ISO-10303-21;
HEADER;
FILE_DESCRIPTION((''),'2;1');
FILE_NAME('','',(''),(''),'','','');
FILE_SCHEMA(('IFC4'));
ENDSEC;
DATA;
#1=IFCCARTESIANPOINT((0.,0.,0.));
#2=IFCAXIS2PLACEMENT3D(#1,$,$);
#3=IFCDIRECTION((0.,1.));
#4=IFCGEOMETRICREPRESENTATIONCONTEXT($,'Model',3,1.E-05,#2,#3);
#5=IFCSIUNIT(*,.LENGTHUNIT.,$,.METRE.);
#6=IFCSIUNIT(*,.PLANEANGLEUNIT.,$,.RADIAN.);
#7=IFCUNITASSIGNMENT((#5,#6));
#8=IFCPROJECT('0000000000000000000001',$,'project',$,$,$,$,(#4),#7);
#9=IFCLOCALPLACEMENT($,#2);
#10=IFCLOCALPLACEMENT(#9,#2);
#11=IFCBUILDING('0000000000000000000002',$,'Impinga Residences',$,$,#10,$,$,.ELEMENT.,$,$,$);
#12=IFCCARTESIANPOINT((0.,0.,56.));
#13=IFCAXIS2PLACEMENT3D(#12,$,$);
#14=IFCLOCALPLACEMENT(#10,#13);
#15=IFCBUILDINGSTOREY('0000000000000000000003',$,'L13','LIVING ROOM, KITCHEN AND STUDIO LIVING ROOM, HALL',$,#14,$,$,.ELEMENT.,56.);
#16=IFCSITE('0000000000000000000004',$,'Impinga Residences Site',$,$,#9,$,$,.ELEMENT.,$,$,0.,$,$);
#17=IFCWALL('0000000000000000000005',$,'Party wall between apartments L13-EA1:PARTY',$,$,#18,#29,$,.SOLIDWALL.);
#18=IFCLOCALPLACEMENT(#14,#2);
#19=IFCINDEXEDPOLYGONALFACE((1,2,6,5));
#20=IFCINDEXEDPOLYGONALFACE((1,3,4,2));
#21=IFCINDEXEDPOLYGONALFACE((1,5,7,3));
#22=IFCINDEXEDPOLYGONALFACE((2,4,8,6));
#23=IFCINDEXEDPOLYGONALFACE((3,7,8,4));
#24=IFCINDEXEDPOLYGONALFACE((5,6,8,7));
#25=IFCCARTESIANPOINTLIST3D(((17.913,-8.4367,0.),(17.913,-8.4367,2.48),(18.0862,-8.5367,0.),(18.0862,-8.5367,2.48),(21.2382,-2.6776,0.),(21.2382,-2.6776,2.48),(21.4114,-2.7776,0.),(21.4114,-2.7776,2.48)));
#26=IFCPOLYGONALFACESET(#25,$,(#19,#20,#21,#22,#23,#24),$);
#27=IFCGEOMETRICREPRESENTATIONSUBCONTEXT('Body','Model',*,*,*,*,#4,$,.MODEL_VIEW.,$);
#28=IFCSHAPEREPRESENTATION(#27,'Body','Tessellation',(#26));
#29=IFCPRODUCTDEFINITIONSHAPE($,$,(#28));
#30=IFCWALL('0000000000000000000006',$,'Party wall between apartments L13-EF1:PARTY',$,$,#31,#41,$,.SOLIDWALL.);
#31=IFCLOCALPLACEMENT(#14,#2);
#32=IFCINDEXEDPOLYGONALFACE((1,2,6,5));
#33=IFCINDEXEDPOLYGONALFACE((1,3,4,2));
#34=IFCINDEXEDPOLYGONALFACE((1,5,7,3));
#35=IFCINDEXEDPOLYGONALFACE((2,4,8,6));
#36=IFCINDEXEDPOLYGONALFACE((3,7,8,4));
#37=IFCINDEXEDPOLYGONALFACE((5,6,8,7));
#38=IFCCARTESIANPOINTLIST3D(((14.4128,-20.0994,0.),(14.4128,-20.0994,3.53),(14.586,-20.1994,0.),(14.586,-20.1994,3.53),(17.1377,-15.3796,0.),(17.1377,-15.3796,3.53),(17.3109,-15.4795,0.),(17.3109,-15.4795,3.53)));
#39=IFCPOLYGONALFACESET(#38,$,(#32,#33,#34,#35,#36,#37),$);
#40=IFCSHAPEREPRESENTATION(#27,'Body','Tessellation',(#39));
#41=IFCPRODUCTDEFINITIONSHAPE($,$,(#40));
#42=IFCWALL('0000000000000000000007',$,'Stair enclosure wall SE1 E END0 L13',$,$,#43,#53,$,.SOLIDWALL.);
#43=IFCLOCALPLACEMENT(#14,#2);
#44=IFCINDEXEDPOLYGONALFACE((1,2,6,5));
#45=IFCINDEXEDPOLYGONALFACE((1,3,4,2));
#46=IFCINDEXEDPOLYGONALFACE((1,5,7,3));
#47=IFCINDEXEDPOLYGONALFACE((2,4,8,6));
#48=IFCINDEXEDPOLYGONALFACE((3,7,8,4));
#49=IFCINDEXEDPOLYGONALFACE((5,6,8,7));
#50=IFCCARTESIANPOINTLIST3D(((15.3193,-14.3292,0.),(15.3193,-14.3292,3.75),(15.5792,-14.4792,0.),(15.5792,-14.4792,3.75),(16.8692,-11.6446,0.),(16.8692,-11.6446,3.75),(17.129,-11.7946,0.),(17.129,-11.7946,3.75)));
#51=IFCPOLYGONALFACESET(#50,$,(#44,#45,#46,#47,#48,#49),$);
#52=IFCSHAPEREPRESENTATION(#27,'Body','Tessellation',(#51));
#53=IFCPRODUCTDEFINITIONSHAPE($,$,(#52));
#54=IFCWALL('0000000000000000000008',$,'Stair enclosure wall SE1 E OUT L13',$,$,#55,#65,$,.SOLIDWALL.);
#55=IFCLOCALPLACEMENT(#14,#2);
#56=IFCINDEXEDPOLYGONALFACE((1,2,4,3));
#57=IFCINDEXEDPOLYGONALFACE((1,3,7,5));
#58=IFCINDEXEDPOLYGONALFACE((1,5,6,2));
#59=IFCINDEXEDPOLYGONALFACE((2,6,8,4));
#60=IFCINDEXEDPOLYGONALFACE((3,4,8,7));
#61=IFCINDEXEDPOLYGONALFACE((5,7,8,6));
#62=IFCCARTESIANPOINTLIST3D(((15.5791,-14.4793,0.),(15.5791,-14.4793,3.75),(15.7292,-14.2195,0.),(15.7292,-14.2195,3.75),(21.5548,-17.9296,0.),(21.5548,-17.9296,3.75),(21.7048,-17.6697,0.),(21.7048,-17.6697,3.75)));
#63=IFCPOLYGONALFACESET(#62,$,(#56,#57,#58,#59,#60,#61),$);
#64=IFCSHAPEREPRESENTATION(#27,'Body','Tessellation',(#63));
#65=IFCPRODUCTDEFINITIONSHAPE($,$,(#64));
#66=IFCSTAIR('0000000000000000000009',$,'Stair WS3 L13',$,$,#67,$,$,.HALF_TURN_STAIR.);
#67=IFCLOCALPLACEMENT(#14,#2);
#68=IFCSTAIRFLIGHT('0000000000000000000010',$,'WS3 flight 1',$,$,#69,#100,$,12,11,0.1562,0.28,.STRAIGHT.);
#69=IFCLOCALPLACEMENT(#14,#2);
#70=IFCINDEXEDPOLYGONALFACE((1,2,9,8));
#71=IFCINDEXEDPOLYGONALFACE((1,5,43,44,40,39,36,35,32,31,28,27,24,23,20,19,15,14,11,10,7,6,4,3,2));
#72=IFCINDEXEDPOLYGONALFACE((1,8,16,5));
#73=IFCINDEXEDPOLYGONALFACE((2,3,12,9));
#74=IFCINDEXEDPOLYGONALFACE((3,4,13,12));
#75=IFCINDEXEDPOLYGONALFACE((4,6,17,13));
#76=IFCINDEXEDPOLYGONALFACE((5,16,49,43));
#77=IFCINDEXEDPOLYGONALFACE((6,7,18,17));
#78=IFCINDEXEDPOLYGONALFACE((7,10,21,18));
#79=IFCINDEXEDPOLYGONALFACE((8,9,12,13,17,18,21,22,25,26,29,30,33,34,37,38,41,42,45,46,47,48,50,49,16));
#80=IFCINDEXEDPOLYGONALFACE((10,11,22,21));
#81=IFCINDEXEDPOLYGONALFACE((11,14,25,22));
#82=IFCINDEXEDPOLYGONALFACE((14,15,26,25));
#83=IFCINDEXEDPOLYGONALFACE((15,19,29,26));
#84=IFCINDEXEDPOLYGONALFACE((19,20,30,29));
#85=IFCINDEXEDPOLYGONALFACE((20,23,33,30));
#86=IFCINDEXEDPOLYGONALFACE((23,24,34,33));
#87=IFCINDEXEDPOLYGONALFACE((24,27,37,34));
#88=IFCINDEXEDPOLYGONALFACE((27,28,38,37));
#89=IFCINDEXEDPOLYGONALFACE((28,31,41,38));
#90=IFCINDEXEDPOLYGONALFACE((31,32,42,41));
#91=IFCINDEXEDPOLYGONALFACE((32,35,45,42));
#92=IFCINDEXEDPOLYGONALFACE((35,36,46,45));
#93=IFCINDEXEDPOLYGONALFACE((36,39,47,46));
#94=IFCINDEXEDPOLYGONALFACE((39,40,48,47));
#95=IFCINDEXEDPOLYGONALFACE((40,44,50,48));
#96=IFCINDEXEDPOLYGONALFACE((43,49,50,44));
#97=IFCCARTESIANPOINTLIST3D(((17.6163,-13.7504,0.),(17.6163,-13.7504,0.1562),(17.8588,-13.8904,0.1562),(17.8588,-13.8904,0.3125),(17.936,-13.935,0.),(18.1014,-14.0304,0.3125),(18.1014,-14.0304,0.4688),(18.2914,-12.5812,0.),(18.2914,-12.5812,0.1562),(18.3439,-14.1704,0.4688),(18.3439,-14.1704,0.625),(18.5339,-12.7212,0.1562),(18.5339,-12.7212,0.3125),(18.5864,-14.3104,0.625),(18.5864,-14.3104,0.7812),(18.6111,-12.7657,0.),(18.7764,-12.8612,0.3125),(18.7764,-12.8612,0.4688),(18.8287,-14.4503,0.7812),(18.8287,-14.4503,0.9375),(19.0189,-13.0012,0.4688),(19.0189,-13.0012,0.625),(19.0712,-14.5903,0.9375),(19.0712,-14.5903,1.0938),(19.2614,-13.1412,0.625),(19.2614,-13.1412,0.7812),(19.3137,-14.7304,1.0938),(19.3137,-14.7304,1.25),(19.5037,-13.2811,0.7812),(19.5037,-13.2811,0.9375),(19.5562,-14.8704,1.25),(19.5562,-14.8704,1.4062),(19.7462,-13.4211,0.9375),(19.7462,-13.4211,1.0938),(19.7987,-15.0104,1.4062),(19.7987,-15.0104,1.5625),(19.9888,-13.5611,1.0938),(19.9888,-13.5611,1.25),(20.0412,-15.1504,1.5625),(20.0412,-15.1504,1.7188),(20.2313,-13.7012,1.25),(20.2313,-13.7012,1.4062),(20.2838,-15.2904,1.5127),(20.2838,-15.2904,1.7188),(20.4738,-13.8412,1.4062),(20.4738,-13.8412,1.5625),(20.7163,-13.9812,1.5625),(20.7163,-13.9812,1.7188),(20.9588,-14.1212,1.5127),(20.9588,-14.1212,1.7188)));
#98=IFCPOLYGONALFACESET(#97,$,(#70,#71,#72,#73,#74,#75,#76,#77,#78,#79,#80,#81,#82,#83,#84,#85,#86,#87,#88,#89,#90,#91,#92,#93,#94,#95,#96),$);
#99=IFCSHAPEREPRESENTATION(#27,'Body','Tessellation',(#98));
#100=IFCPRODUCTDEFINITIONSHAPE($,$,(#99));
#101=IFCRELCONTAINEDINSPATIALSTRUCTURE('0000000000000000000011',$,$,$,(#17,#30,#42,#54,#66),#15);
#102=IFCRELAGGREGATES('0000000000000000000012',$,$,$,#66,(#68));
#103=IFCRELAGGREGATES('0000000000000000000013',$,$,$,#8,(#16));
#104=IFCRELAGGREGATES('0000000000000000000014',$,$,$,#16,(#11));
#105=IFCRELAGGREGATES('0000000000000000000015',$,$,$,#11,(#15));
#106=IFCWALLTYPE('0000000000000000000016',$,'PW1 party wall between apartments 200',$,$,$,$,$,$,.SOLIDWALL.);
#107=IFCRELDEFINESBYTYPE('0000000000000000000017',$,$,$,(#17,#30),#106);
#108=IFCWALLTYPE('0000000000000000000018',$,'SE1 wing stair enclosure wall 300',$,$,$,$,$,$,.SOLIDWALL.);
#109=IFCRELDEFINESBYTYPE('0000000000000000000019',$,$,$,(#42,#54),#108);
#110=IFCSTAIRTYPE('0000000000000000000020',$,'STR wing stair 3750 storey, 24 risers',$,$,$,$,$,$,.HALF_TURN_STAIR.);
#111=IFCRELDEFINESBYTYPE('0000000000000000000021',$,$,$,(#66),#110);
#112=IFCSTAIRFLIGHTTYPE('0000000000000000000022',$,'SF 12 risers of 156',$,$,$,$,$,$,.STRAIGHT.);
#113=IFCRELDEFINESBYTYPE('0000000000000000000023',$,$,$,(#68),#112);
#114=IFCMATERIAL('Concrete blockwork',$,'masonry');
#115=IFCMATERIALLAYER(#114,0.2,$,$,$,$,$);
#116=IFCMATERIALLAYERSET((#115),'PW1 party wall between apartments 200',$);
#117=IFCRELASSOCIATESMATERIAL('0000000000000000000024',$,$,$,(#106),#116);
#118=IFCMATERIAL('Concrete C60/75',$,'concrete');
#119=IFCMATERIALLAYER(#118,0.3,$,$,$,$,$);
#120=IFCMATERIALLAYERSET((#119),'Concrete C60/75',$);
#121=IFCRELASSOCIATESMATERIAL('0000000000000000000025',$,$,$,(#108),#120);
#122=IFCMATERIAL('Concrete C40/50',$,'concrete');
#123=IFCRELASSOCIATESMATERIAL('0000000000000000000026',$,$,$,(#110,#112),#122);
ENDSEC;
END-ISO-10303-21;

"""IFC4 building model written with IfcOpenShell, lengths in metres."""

from ifc_helpers import new_model, si_unit, direction, frame, frame_2d, origin, place, context, subcontext, project, spatial, polyline, rectangle, outline, extrude, material, layer, layer_set, type_object, element, aggregate, save


model = new_model("IFC4")

# Units and contexts
model_context = context("Model", 3, precision=1e-05, world=origin(), true_north=direction((0.0, 1.0)))
body_context = subcontext(model_context, "Body", "Model", "MODEL_VIEW")
ifc_project = project(units=[si_unit("LENGTHUNIT", "METRE"), si_unit("PLANEANGLEUNIT", "RADIAN")], contexts=[model_context])

# Site, building, storey
site_placement = place(None, origin())
site = spatial("IfcSite", under=ifc_project, at=site_placement, Name="Impinga Residences Site", CompositionType="ELEMENT", RefElevation=0.0)
building_placement = place(site_placement, origin())
building = spatial("IfcBuilding", under=site, at=building_placement, Name="Impinga Residences", CompositionType="ELEMENT")
storey_placement = place(building_placement, frame((0.0, 0.0, 56.0)))
storey = spatial("IfcBuildingStorey", under=building, at=storey_placement, Name="L13", Description="LIVING ROOM, KITCHEN AND STUDIO LIVING ROOM, HALL", CompositionType="ELEMENT", Elevation=56.0)

# Shared definitions
ifc_material_1 = material(Name="Concrete C60/75", Category="concrete")

# Walls
ifc_material_2 = material(Name="Concrete blockwork", Category="masonry")
ifc_layer_1 = layer(ifc_material_2, 0.2)
ifc_layer_set_1 = layer_set([ifc_layer_1], Name="PW1 party wall between apartments 200")
wall_type_1 = type_object("IfcWallType", Name="PW1 party wall between apartments 200", PredefinedType="SOLIDWALL", material=ifc_layer_set_1)
wall_1_placement = place(storey_placement, frame((17.9995, -8.4868, 0.0), z_axis=(0.0, 0.0, 1.0), x_axis=(0.500024, 0.866011, 0.0)))
element("IfcWall", 1, at=wall_1_placement, inside=storey, type_object=wall_type_1, Name="Party wall between apartments L13-EA1:PARTY", PredefinedType="SOLIDWALL", context=body_context, shape_type="SweptSolid", body=[
    extrude(rectangle(XDim=6.6501, YDim=0.2, at=frame_2d((3.3252, 0.0))), origin(), (0.0, 0.0, 1.0), 2.48),
])
wall_2_placement = place(storey_placement, frame((17.2244, -15.4294, 0.0), z_axis=(0.0, 0.0, 1.0), x_axis=(-0.499989, -0.866032, 0.0)))
element("IfcWall", 2, at=wall_2_placement, inside=storey, type_object=wall_type_1, Name="Party wall between apartments L13-EF1:PARTY", PredefinedType="SOLIDWALL", context=body_context, shape_type="SweptSolid", body=[
    extrude(rectangle(XDim=5.45, YDim=0.2, at=frame_2d((2.7251, 0.0))), origin(), (0.0, 0.0, 1.0), 3.53),
])
ifc_layer_2 = layer(ifc_material_1, 0.3)
ifc_layer_set_2 = layer_set([ifc_layer_2], Name="Concrete C60/75")
wall_type_2 = type_object("IfcWallType", Name="SE1 wing stair enclosure wall 300", PredefinedType="SOLIDWALL", material=ifc_layer_set_2)
wall_3_placement = place(storey_placement, frame((16.999, -11.7197, 0.0), z_axis=(0.0, 0.0, 1.0), x_axis=(-0.499968, -0.866044, 0.0)))
element("IfcWall", 3, at=wall_3_placement, inside=storey, type_object=wall_type_2, Name="Stair enclosure wall SE1 E END0 L13", PredefinedType="SOLIDWALL", context=body_context, shape_type="SweptSolid", body=[
    extrude(rectangle(XDim=3.0999, YDim=0.3, at=frame_2d((1.5498, 0.0))), origin(), (0.0, 0.0, 1.0), 3.75),
])
wall_4_placement = place(storey_placement, frame((15.6541, -14.3494, 0.0), z_axis=(0.0, 0.0, 1.0), x_axis=(0.866014, -0.500021, 0.0)))
element("IfcWall", 4, at=wall_4_placement, inside=storey, type_object=wall_type_2, Name="Stair enclosure wall SE1 E OUT L13", PredefinedType="SOLIDWALL", context=body_context, shape_type="SweptSolid", body=[
    extrude(rectangle(XDim=6.9001, YDim=0.3, at=frame_2d((3.4502, 0.0))), origin(), (0.0, 0.0, 1.0), 3.75),
])

# Stair, stair flight
ifc_material_3 = material(Name="Concrete C40/50", Category="concrete")
stair_type = type_object("IfcStairType", Name="STR wing stair 3750 storey, 24 risers", PredefinedType="HALF_TURN_STAIR", material=ifc_material_3)
stair_placement = place(storey_placement, origin())
stair = element("IfcStair", 5, at=stair_placement, inside=storey, type_object=stair_type, Name="Stair WS3 L13", PredefinedType="HALF_TURN_STAIR")
stair_flight_type = type_object("IfcStairFlightType", Name="SF 12 risers of 156", PredefinedType="STRAIGHT", material=ifc_material_3)
stair_flight_placement = place(storey_placement, frame((17.9539, -13.1658, 0.0), z_axis=(0.0, 0.0, 1.0), x_axis=(0.866025, -0.5, 0.0)))
stair_flight = element("IfcStairFlight", 6, at=stair_flight_placement, type_object=stair_flight_type, Name="WS3 flight 1", NumberOfRisers=12, NumberOfTreads=11, PredefinedType="STRAIGHT", RiserHeight=0.1562, TreadLength=0.28, context=body_context, shape_type="SweptSolid", body=[
    extrude(outline(polyline([(0.0, 0.0), (0.0, 0.1562), (0.28, 0.1562), (0.28, 0.3125), (0.5601, 0.3125), (0.5601, 0.4688), (0.8401, 0.4688), (0.8401, 0.625), (1.1201, 0.625), (1.1201, 0.7812), (1.3999, 0.7812), (1.3999, 0.9375), (1.6799, 0.9375), (1.6799, 1.0938), (1.96, 1.0938), (1.96, 1.25), (2.24, 1.25), (2.24, 1.4062), (2.52, 1.4062), (2.52, 1.5625), (2.8, 1.5625), (2.8, 1.7188), (3.0801, 1.7188), (3.0801, 1.875), (3.0801, 1.5127), (0.3691, 0.0), (0.0, 0.0)])), frame((0.0, 0.675, 0.0), z_axis=(0.0, -1.0, 0.0), x_axis=(1.0, 0.0, 0.0)), (0.0, 0.0, 1.0), 1.3501),
])
aggregate(stair, [stair_flight])

save(model, "model.ifc")
